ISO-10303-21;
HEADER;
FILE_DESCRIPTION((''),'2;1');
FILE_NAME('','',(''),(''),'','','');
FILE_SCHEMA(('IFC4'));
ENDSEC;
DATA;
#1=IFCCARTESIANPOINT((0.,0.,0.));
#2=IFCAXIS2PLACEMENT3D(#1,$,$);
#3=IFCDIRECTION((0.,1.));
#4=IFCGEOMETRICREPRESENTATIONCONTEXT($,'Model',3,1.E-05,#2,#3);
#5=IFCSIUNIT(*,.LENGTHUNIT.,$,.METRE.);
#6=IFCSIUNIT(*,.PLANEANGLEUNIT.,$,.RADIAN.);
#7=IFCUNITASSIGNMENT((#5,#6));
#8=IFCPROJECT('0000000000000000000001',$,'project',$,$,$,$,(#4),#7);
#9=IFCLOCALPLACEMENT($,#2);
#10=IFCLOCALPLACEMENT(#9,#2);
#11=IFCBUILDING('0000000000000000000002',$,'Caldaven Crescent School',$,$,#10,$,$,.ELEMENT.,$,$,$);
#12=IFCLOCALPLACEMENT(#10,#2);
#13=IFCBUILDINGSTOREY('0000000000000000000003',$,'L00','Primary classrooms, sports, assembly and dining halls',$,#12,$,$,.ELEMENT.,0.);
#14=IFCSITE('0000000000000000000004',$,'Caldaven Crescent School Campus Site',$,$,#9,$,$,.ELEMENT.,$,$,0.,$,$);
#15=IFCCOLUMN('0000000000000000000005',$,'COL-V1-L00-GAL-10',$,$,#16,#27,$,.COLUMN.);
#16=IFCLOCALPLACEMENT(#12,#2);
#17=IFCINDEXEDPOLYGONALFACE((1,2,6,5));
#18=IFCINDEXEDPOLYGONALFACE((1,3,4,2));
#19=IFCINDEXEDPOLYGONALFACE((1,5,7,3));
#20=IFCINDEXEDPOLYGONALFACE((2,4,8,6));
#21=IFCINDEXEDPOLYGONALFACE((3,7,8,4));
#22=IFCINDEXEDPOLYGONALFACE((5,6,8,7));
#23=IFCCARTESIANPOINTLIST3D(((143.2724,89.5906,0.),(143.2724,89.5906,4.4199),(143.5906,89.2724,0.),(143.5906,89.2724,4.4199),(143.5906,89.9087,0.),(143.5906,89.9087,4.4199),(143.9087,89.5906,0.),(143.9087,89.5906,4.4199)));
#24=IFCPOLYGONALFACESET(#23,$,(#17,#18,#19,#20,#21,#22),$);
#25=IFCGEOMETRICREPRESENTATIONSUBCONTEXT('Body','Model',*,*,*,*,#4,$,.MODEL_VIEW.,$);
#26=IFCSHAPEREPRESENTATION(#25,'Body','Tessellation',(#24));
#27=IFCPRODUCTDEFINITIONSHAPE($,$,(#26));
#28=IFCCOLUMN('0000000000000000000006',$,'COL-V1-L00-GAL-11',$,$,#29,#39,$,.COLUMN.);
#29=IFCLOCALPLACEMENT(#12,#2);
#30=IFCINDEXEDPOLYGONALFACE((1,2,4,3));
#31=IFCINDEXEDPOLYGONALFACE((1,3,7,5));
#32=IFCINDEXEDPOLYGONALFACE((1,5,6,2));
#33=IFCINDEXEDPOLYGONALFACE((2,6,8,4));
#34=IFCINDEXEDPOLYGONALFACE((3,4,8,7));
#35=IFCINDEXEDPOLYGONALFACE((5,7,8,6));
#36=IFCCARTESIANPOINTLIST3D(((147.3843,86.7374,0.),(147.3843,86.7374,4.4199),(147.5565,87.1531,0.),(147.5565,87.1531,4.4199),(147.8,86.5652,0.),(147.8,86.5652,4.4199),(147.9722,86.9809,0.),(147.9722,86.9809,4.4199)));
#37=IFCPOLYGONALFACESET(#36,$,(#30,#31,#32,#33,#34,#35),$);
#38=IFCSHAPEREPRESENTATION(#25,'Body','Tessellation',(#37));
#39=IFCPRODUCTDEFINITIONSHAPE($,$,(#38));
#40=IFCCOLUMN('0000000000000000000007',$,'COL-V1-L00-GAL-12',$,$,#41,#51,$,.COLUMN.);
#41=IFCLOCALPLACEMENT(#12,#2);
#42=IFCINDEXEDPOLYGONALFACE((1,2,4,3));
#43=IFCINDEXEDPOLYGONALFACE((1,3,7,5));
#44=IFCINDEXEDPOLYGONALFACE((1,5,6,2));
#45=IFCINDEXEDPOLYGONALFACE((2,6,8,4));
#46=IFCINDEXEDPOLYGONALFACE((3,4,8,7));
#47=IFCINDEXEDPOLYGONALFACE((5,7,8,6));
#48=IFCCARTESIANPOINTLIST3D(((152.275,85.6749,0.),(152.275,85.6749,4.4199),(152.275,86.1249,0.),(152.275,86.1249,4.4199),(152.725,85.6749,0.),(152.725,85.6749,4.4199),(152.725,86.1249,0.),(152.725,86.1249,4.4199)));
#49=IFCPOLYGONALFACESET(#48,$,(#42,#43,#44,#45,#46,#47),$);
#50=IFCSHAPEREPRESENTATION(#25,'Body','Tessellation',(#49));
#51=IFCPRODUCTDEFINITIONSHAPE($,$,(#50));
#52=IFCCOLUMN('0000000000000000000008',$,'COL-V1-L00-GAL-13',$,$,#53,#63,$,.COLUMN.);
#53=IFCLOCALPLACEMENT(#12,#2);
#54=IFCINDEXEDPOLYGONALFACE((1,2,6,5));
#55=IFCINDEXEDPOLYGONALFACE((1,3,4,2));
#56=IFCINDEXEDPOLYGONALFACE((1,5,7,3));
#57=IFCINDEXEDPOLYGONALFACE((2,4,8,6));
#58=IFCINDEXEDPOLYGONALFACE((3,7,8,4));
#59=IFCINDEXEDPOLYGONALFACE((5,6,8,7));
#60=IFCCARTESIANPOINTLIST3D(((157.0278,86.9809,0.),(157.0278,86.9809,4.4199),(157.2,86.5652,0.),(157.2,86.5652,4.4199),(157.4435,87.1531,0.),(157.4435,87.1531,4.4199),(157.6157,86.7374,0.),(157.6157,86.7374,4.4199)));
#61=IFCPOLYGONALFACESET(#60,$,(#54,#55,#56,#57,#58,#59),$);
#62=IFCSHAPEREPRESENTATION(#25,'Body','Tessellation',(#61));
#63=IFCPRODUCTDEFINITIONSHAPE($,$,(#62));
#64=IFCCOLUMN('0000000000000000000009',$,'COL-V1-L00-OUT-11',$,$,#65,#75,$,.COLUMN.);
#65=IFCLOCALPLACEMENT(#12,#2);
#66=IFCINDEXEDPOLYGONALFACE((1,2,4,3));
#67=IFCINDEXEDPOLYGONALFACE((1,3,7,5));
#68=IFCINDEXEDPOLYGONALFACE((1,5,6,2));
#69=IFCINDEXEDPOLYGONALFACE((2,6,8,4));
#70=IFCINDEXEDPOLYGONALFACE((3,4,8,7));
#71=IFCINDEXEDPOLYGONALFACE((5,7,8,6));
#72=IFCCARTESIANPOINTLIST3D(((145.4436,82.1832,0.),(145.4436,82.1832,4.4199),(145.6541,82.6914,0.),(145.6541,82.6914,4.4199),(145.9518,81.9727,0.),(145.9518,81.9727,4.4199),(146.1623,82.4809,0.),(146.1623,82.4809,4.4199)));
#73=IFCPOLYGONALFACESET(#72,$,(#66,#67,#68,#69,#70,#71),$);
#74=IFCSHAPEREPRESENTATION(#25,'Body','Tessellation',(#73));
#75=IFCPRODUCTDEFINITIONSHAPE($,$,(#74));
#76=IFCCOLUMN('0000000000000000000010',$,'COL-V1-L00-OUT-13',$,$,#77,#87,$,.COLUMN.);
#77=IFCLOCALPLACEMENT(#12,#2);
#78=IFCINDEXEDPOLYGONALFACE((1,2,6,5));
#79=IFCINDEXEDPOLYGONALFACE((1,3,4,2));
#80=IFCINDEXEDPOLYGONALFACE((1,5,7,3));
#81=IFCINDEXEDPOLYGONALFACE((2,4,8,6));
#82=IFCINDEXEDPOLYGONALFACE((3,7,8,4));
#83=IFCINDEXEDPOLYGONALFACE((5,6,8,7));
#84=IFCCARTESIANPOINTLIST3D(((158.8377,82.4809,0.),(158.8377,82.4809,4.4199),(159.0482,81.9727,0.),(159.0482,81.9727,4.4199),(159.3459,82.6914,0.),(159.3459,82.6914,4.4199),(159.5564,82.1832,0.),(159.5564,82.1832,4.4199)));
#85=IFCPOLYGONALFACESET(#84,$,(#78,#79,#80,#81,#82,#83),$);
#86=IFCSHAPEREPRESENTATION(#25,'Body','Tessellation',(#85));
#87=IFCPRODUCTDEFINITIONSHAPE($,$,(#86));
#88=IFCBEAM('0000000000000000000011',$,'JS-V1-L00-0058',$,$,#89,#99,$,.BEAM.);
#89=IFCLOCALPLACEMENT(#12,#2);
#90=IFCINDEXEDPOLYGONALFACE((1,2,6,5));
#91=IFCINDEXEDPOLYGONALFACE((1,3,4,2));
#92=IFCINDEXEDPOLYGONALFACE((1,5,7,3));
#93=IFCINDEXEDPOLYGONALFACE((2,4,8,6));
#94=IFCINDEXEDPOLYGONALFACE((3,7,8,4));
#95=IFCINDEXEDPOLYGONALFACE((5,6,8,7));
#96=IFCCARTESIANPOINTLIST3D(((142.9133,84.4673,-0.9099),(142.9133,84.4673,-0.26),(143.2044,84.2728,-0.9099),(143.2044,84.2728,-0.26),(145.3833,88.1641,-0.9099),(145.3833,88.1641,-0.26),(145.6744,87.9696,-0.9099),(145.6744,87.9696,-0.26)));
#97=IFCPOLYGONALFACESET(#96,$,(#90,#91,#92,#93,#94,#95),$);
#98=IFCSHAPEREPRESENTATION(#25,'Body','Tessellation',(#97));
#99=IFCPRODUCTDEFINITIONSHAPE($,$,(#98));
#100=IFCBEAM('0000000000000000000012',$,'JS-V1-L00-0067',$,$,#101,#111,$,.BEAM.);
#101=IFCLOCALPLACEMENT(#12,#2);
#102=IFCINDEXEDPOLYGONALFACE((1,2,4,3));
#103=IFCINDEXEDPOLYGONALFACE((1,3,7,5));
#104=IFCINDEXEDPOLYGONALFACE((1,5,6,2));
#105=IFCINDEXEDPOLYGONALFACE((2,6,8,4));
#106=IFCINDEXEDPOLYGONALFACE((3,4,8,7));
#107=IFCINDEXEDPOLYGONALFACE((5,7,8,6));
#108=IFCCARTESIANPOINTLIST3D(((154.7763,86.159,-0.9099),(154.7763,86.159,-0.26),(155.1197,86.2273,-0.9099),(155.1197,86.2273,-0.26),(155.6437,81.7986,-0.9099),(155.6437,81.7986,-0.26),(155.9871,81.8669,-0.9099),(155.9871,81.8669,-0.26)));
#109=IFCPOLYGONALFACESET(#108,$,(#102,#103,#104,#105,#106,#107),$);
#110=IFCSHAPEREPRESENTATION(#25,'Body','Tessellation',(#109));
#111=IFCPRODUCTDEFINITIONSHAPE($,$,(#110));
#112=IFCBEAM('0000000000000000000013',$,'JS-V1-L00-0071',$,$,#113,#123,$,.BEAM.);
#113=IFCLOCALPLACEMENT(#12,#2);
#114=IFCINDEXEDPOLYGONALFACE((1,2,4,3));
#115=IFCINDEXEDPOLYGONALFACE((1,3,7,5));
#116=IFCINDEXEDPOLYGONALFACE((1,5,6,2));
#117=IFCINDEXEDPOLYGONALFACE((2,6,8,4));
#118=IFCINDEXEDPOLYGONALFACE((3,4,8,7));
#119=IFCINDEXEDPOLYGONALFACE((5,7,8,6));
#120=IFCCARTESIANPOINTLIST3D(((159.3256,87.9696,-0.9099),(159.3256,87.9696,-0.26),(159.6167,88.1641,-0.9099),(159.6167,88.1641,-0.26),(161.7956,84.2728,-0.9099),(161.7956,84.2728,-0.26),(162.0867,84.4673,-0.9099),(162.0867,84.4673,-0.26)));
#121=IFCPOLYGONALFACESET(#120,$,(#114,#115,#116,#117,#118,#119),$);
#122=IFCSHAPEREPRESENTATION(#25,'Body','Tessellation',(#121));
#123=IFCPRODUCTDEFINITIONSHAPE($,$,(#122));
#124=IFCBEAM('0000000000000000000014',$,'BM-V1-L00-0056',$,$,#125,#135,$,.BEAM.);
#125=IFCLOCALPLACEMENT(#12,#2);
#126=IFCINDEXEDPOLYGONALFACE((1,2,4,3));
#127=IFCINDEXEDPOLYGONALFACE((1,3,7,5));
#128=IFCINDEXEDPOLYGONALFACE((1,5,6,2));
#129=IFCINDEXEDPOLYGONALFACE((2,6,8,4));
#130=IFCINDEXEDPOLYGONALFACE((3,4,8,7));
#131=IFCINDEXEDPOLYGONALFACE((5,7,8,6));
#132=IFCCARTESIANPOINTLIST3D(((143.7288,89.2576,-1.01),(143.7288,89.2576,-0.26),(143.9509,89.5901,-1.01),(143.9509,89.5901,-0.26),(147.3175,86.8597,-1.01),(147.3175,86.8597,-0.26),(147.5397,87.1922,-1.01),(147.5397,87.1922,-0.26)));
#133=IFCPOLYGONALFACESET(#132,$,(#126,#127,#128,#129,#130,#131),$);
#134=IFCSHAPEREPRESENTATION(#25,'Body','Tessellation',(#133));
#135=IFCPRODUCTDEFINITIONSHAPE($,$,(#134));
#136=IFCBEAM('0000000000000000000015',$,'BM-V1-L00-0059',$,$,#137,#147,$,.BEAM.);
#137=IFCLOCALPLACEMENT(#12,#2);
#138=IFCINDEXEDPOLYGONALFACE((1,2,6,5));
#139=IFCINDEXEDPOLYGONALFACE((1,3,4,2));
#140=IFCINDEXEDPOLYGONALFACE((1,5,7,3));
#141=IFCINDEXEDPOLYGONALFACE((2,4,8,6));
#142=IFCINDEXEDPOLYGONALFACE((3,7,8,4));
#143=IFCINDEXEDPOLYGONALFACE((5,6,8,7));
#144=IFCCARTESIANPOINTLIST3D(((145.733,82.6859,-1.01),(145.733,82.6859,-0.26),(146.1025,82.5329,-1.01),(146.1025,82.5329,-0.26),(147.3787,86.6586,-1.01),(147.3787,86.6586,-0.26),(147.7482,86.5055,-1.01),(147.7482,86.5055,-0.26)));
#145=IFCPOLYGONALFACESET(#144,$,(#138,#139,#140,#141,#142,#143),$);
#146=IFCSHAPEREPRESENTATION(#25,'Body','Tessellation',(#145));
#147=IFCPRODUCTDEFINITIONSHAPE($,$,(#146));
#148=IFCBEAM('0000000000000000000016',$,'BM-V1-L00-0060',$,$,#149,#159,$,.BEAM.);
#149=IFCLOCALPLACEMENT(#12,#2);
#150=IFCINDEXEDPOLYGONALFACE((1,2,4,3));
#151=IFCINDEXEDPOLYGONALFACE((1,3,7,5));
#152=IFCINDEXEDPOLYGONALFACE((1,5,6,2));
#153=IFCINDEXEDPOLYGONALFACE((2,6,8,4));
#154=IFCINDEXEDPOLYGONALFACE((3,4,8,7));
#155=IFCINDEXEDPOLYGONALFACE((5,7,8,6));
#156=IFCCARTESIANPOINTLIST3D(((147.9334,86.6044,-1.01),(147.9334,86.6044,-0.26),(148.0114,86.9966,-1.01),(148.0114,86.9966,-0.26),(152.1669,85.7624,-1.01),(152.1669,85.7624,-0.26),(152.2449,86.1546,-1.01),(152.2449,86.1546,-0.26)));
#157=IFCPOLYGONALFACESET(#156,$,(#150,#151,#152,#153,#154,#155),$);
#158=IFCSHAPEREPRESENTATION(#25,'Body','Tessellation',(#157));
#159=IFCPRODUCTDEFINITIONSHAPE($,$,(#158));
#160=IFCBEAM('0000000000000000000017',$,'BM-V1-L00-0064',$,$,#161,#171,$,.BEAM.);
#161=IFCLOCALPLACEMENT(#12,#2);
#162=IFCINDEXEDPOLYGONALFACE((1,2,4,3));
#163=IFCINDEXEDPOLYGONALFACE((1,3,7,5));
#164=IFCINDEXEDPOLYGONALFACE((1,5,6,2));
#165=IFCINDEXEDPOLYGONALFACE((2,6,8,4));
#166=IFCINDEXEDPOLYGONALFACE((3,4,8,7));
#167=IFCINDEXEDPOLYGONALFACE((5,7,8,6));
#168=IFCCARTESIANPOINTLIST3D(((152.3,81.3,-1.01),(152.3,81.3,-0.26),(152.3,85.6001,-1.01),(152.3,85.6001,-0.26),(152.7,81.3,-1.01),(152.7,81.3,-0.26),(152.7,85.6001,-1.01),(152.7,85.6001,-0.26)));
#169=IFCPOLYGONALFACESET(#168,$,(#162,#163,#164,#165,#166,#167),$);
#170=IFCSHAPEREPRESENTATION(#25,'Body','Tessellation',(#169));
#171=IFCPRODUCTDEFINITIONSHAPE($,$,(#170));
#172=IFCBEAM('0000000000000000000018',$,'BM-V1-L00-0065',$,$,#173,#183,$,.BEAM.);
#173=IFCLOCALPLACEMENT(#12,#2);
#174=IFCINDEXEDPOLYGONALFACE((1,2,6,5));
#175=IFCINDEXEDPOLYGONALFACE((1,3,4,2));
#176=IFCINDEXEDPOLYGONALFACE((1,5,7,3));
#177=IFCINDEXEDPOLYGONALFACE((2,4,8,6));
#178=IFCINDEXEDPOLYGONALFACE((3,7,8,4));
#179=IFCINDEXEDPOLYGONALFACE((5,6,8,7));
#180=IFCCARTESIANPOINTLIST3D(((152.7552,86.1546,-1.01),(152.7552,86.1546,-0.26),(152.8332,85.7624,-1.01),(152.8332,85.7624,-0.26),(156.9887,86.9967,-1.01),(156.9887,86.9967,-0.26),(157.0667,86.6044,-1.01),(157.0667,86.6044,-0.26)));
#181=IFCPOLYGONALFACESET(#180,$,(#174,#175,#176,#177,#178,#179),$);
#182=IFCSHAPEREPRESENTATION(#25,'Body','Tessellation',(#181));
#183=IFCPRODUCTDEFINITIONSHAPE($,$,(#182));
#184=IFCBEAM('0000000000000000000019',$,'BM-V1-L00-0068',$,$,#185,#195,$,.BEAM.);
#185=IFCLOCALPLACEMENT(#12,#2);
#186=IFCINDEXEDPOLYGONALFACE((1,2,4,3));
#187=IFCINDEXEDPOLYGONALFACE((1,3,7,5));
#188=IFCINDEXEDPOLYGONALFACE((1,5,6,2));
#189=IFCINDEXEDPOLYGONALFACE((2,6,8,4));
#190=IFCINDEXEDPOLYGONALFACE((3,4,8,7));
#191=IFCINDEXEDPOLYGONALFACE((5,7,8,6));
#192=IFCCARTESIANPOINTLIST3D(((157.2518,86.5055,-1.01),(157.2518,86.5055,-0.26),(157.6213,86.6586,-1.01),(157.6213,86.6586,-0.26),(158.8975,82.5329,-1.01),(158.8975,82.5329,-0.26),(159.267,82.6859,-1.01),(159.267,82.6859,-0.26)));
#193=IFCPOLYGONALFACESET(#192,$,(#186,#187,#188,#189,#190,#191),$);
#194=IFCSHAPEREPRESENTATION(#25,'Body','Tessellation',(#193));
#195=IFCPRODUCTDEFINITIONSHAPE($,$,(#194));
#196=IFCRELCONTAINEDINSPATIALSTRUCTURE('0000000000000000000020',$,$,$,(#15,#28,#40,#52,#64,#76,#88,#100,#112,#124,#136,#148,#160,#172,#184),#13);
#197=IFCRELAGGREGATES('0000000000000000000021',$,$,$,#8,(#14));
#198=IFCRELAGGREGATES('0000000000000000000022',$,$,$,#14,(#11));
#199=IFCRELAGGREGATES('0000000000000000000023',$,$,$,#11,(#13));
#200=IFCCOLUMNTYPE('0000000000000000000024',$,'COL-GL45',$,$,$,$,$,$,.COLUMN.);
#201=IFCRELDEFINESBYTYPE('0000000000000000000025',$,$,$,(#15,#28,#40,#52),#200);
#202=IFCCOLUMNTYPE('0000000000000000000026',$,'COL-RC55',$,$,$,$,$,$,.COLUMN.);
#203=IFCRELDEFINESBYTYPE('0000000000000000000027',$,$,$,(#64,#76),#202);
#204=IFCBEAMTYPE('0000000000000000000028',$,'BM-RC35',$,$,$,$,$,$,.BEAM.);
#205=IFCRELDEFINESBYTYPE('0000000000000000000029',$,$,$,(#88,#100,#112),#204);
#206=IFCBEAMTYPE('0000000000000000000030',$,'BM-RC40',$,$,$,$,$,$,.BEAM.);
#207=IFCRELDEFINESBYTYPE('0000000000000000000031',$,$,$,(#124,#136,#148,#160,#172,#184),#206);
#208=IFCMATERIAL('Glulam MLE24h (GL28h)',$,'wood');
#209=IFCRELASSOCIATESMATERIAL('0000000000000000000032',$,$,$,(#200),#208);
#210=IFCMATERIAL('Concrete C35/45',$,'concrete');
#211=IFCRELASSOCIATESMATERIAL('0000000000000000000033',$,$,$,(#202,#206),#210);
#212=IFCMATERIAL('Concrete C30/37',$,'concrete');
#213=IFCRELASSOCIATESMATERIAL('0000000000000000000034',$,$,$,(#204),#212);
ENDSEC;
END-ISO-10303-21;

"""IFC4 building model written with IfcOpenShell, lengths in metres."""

from ifc_helpers import new_model, si_unit, direction, frame, origin, origin_2d, place, context, subcontext, project, spatial, rectangle, extrude, material, material_profile, profile_set, type_object, element, save


model = new_model("IFC4")

# Units and contexts
model_context = context("Model", 3, precision=1e-05, world=origin(), true_north=direction((0.0, 1.0)))
body_context = subcontext(model_context, "Body", "Model", "MODEL_VIEW")
ifc_project = project(units=[si_unit("LENGTHUNIT", "METRE"), si_unit("PLANEANGLEUNIT", "RADIAN")], contexts=[model_context])

# Site, building, storey
site_placement = place(None, origin())
site = spatial("IfcSite", under=ifc_project, at=site_placement, Name="Caldaven Crescent School Campus Site", CompositionType="ELEMENT", RefElevation=0.0)
building_placement = place(site_placement, origin())
building = spatial("IfcBuilding", under=site, at=building_placement, Name="Caldaven Crescent School", CompositionType="ELEMENT")
storey_placement = place(building_placement, origin())
storey = spatial("IfcBuildingStorey", under=building, at=storey_placement, Name="L00", Description="Primary classrooms, sports, assembly and dining halls", CompositionType="ELEMENT", Elevation=0.0)

# Columns
ifc_material_1 = material(Name="Glulam MLE24h (GL28h)", Category="wood")
ifc_material_profile_1 = material_profile(ifc_material_1, rectangle(XDim=0.45, YDim=0.45, at=origin_2d()), Name="MLE 450x450")
ifc_profile_set_1 = profile_set([ifc_material_profile_1], Name="Glulam MLE24h (GL28h)")
column_type_1 = type_object("IfcColumnType", Name="COL-GL45", PredefinedType="COLUMN", material=ifc_profile_set_1)
for number, where, z_axis, x_axis, name in (
    (1, (143.5906, 89.5906, 0.0), (0.0, 0.0, 1.0), (-0.707107, -0.707107, 0.0), "COL-V1-L00-GAL-10"),
    (2, (147.6782, 86.8591, 0.0), (0.0, 0.0, 1.0), (-0.382683, -0.92388, 0.0), "COL-V1-L00-GAL-11"),
    (3, (152.5, 85.8999, 0.0), (0.0, 0.0, 1.0), (0.0, -1.0, 0.0), "COL-V1-L00-GAL-12"),
    (4, (157.3218, 86.8591, 0.0), (0.0, 0.0, 1.0), (0.382683, -0.92388, 0.0), "COL-V1-L00-GAL-13"),
):
    element("IfcColumn", number, at=place(storey_placement, frame(where, z_axis=z_axis, x_axis=x_axis)), inside=storey, type_object=column_type_1, Name=name, PredefinedType="COLUMN", context=body_context, shape_type="SweptSolid", body=[
        extrude(rectangle(XDim=0.45, YDim=0.45, at=origin_2d()), origin(), (0.0, 0.0, 1.0), 4.4199),
    ])
ifc_material_2 = material(Name="Concrete C35/45", Category="concrete")
ifc_material_profile_2 = material_profile(ifc_material_2, rectangle(XDim=0.55, YDim=0.55, at=origin_2d()), Name="RC 550x550")
ifc_profile_set_2 = profile_set([ifc_material_profile_2], Name="Concrete C35/45")
column_type_2 = type_object("IfcColumnType", Name="COL-RC55", PredefinedType="COLUMN", material=ifc_profile_set_2)
for number, where, z_axis, x_axis, name in (
    (5, (145.803, 82.332, 0.0), (0.0, 0.0, 1.0), (-0.382683, -0.92388, 0.0), "COL-V1-L00-OUT-11"),
    (6, (159.197, 82.332, 0.0), (0.0, 0.0, 1.0), (0.382683, -0.92388, 0.0), "COL-V1-L00-OUT-13"),
):
    element("IfcColumn", number, at=place(storey_placement, frame(where, z_axis=z_axis, x_axis=x_axis)), inside=storey, type_object=column_type_2, Name=name, PredefinedType="COLUMN", context=body_context, shape_type="SweptSolid", body=[
        extrude(rectangle(XDim=0.55, YDim=0.55, at=origin_2d()), origin(), (0.0, 0.0, 1.0), 4.4199),
    ])

# Beams
ifc_material_3 = material(Name="Concrete C30/37", Category="concrete")
ifc_material_profile_3 = material_profile(ifc_material_3, rectangle(XDim=0.3501, YDim=0.6499, at=origin_2d()), Name="RC 350x650")
ifc_profile_set_3 = profile_set([ifc_material_profile_3], Name="Concrete C30/37")
beam_type_1 = type_object("IfcBeamType", Name="BM-RC35", PredefinedType="BEAM", material=ifc_profile_set_3)
beam_1_placement = place(storey_placement, frame((145.5288, 88.0669, -0.585), z_axis=(-0.555549, -0.831484, 0.0), x_axis=(0.831484, -0.555549, 0.0)))
element("IfcBeam", 7, at=beam_1_placement, inside=storey, type_object=beam_type_1, Name="JS-V1-L00-0058", PredefinedType="BEAM", context=body_context, shape_type="SweptSolid", body=[
    extrude(rectangle(XDim=0.3501, YDim=0.6499, at=origin_2d()), origin(), (0.0, 0.0, 1.0), 4.446),
])
beam_2_placement = place(storey_placement, frame((154.948, 86.1931, -0.585), z_axis=(0.195113, -0.980781, 0.0), x_axis=(0.980781, 0.195113, 0.0)))
element("IfcBeam", 8, at=beam_2_placement, inside=storey, type_object=beam_type_1, Name="JS-V1-L00-0067", PredefinedType="BEAM", context=body_context, shape_type="SweptSolid", body=[
    extrude(rectangle(XDim=0.3501, YDim=0.6499, at=origin_2d()), origin(), (0.0, 0.0, 1.0), 4.4458),
])
beam_3_placement = place(storey_placement, frame((159.4712, 88.0669, -0.585), z_axis=(0.555549, -0.831484, 0.0), x_axis=(0.831484, 0.555549, 0.0)))
element("IfcBeam", 9, at=beam_3_placement, inside=storey, type_object=beam_type_1, Name="JS-V1-L00-0071", PredefinedType="BEAM", context=body_context, shape_type="SweptSolid", body=[
    extrude(rectangle(XDim=0.3501, YDim=0.6499, at=origin_2d()), origin(), (0.0, 0.0, 1.0), 4.446),
])
ifc_material_profile_4 = material_profile(ifc_material_2, rectangle(XDim=0.3999, YDim=0.75, at=origin_2d()), Name="RC 400x750")
ifc_profile_set_4 = profile_set([ifc_material_profile_4], Name="Concrete C35/45")
beam_type_2 = type_object("IfcBeamType", Name="BM-RC40", PredefinedType="BEAM", material=ifc_profile_set_4)
beam_4_placement = place(storey_placement, frame((143.8398, 89.4238, -0.635), z_axis=(0.831476, -0.555561, 0.0), x_axis=(0.555561, 0.831476, 0.0)))
element("IfcBeam", 10, at=beam_4_placement, inside=storey, type_object=beam_type_2, Name="BM-V1-L00-0056", PredefinedType="BEAM", context=body_context, shape_type="SweptSolid", body=[
    extrude(rectangle(XDim=0.3999, YDim=0.75, at=origin_2d()), origin(), (0.0, 0.0, 1.0), 4.3162),
])
beam_5_placement = place(storey_placement, frame((147.5635, 86.582, -0.635), z_axis=(-0.382728, -0.923861, 0.0), x_axis=(0.923861, -0.382728, 0.0)))
element("IfcBeam", 11, at=beam_5_placement, inside=storey, type_object=beam_type_2, Name="BM-V1-L00-0059", PredefinedType="BEAM", context=body_context, shape_type="SweptSolid", body=[
    extrude(rectangle(XDim=0.3999, YDim=0.75, at=origin_2d()), origin(), (0.0, 0.0, 1.0), 4.3),
])
beam_6_placement = place(storey_placement, frame((147.9724, 86.8005, -0.635), z_axis=(0.980787, -0.195083, 0.0), x_axis=(0.195083, 0.980787, 0.0)))
element("IfcBeam", 12, at=beam_6_placement, inside=storey, type_object=beam_type_2, Name="BM-V1-L00-0060", PredefinedType="BEAM", context=body_context, shape_type="SweptSolid", body=[
    extrude(rectangle(XDim=0.3999, YDim=0.75, at=origin_2d()), origin(), (0.0, 0.0, 1.0), 4.3164),
])
beam_7_placement = place(storey_placement, frame((152.5, 85.6001, -0.635), z_axis=(0.0, -1.0, 0.0), x_axis=(1.0, 0.0, 0.0)))
element("IfcBeam", 13, at=beam_7_placement, inside=storey, type_object=beam_type_2, Name="BM-V1-L00-0064", PredefinedType="BEAM", context=body_context, shape_type="SweptSolid", body=[
    extrude(rectangle(XDim=0.3999, YDim=0.75, at=origin_2d()), origin(), (0.0, 0.0, 1.0), 4.3),
])
beam_8_placement = place(storey_placement, frame((152.7942, 85.9585, -0.635), z_axis=(0.980787, 0.195083, 0.0), x_axis=(-0.195083, 0.980787, 0.0)))
element("IfcBeam", 14, at=beam_8_placement, inside=storey, type_object=beam_type_2, Name="BM-V1-L00-0065", PredefinedType="BEAM", context=body_context, shape_type="SweptSolid", body=[
    extrude(rectangle(XDim=0.3999, YDim=0.75, at=origin_2d()), origin(), (0.0, 0.0, 1.0), 4.3164),
])
beam_9_placement = place(storey_placement, frame((157.4365, 86.582, -0.635), z_axis=(0.382728, -0.923861, 0.0), x_axis=(0.923861, 0.382728, 0.0)))
element("IfcBeam", 15, at=beam_9_placement, inside=storey, type_object=beam_type_2, Name="BM-V1-L00-0068", PredefinedType="BEAM", context=body_context, shape_type="SweptSolid", body=[
    extrude(rectangle(XDim=0.3999, YDim=0.75, at=origin_2d()), origin(), (0.0, 0.0, 1.0), 4.3),
])

save(model, "model.ifc")
